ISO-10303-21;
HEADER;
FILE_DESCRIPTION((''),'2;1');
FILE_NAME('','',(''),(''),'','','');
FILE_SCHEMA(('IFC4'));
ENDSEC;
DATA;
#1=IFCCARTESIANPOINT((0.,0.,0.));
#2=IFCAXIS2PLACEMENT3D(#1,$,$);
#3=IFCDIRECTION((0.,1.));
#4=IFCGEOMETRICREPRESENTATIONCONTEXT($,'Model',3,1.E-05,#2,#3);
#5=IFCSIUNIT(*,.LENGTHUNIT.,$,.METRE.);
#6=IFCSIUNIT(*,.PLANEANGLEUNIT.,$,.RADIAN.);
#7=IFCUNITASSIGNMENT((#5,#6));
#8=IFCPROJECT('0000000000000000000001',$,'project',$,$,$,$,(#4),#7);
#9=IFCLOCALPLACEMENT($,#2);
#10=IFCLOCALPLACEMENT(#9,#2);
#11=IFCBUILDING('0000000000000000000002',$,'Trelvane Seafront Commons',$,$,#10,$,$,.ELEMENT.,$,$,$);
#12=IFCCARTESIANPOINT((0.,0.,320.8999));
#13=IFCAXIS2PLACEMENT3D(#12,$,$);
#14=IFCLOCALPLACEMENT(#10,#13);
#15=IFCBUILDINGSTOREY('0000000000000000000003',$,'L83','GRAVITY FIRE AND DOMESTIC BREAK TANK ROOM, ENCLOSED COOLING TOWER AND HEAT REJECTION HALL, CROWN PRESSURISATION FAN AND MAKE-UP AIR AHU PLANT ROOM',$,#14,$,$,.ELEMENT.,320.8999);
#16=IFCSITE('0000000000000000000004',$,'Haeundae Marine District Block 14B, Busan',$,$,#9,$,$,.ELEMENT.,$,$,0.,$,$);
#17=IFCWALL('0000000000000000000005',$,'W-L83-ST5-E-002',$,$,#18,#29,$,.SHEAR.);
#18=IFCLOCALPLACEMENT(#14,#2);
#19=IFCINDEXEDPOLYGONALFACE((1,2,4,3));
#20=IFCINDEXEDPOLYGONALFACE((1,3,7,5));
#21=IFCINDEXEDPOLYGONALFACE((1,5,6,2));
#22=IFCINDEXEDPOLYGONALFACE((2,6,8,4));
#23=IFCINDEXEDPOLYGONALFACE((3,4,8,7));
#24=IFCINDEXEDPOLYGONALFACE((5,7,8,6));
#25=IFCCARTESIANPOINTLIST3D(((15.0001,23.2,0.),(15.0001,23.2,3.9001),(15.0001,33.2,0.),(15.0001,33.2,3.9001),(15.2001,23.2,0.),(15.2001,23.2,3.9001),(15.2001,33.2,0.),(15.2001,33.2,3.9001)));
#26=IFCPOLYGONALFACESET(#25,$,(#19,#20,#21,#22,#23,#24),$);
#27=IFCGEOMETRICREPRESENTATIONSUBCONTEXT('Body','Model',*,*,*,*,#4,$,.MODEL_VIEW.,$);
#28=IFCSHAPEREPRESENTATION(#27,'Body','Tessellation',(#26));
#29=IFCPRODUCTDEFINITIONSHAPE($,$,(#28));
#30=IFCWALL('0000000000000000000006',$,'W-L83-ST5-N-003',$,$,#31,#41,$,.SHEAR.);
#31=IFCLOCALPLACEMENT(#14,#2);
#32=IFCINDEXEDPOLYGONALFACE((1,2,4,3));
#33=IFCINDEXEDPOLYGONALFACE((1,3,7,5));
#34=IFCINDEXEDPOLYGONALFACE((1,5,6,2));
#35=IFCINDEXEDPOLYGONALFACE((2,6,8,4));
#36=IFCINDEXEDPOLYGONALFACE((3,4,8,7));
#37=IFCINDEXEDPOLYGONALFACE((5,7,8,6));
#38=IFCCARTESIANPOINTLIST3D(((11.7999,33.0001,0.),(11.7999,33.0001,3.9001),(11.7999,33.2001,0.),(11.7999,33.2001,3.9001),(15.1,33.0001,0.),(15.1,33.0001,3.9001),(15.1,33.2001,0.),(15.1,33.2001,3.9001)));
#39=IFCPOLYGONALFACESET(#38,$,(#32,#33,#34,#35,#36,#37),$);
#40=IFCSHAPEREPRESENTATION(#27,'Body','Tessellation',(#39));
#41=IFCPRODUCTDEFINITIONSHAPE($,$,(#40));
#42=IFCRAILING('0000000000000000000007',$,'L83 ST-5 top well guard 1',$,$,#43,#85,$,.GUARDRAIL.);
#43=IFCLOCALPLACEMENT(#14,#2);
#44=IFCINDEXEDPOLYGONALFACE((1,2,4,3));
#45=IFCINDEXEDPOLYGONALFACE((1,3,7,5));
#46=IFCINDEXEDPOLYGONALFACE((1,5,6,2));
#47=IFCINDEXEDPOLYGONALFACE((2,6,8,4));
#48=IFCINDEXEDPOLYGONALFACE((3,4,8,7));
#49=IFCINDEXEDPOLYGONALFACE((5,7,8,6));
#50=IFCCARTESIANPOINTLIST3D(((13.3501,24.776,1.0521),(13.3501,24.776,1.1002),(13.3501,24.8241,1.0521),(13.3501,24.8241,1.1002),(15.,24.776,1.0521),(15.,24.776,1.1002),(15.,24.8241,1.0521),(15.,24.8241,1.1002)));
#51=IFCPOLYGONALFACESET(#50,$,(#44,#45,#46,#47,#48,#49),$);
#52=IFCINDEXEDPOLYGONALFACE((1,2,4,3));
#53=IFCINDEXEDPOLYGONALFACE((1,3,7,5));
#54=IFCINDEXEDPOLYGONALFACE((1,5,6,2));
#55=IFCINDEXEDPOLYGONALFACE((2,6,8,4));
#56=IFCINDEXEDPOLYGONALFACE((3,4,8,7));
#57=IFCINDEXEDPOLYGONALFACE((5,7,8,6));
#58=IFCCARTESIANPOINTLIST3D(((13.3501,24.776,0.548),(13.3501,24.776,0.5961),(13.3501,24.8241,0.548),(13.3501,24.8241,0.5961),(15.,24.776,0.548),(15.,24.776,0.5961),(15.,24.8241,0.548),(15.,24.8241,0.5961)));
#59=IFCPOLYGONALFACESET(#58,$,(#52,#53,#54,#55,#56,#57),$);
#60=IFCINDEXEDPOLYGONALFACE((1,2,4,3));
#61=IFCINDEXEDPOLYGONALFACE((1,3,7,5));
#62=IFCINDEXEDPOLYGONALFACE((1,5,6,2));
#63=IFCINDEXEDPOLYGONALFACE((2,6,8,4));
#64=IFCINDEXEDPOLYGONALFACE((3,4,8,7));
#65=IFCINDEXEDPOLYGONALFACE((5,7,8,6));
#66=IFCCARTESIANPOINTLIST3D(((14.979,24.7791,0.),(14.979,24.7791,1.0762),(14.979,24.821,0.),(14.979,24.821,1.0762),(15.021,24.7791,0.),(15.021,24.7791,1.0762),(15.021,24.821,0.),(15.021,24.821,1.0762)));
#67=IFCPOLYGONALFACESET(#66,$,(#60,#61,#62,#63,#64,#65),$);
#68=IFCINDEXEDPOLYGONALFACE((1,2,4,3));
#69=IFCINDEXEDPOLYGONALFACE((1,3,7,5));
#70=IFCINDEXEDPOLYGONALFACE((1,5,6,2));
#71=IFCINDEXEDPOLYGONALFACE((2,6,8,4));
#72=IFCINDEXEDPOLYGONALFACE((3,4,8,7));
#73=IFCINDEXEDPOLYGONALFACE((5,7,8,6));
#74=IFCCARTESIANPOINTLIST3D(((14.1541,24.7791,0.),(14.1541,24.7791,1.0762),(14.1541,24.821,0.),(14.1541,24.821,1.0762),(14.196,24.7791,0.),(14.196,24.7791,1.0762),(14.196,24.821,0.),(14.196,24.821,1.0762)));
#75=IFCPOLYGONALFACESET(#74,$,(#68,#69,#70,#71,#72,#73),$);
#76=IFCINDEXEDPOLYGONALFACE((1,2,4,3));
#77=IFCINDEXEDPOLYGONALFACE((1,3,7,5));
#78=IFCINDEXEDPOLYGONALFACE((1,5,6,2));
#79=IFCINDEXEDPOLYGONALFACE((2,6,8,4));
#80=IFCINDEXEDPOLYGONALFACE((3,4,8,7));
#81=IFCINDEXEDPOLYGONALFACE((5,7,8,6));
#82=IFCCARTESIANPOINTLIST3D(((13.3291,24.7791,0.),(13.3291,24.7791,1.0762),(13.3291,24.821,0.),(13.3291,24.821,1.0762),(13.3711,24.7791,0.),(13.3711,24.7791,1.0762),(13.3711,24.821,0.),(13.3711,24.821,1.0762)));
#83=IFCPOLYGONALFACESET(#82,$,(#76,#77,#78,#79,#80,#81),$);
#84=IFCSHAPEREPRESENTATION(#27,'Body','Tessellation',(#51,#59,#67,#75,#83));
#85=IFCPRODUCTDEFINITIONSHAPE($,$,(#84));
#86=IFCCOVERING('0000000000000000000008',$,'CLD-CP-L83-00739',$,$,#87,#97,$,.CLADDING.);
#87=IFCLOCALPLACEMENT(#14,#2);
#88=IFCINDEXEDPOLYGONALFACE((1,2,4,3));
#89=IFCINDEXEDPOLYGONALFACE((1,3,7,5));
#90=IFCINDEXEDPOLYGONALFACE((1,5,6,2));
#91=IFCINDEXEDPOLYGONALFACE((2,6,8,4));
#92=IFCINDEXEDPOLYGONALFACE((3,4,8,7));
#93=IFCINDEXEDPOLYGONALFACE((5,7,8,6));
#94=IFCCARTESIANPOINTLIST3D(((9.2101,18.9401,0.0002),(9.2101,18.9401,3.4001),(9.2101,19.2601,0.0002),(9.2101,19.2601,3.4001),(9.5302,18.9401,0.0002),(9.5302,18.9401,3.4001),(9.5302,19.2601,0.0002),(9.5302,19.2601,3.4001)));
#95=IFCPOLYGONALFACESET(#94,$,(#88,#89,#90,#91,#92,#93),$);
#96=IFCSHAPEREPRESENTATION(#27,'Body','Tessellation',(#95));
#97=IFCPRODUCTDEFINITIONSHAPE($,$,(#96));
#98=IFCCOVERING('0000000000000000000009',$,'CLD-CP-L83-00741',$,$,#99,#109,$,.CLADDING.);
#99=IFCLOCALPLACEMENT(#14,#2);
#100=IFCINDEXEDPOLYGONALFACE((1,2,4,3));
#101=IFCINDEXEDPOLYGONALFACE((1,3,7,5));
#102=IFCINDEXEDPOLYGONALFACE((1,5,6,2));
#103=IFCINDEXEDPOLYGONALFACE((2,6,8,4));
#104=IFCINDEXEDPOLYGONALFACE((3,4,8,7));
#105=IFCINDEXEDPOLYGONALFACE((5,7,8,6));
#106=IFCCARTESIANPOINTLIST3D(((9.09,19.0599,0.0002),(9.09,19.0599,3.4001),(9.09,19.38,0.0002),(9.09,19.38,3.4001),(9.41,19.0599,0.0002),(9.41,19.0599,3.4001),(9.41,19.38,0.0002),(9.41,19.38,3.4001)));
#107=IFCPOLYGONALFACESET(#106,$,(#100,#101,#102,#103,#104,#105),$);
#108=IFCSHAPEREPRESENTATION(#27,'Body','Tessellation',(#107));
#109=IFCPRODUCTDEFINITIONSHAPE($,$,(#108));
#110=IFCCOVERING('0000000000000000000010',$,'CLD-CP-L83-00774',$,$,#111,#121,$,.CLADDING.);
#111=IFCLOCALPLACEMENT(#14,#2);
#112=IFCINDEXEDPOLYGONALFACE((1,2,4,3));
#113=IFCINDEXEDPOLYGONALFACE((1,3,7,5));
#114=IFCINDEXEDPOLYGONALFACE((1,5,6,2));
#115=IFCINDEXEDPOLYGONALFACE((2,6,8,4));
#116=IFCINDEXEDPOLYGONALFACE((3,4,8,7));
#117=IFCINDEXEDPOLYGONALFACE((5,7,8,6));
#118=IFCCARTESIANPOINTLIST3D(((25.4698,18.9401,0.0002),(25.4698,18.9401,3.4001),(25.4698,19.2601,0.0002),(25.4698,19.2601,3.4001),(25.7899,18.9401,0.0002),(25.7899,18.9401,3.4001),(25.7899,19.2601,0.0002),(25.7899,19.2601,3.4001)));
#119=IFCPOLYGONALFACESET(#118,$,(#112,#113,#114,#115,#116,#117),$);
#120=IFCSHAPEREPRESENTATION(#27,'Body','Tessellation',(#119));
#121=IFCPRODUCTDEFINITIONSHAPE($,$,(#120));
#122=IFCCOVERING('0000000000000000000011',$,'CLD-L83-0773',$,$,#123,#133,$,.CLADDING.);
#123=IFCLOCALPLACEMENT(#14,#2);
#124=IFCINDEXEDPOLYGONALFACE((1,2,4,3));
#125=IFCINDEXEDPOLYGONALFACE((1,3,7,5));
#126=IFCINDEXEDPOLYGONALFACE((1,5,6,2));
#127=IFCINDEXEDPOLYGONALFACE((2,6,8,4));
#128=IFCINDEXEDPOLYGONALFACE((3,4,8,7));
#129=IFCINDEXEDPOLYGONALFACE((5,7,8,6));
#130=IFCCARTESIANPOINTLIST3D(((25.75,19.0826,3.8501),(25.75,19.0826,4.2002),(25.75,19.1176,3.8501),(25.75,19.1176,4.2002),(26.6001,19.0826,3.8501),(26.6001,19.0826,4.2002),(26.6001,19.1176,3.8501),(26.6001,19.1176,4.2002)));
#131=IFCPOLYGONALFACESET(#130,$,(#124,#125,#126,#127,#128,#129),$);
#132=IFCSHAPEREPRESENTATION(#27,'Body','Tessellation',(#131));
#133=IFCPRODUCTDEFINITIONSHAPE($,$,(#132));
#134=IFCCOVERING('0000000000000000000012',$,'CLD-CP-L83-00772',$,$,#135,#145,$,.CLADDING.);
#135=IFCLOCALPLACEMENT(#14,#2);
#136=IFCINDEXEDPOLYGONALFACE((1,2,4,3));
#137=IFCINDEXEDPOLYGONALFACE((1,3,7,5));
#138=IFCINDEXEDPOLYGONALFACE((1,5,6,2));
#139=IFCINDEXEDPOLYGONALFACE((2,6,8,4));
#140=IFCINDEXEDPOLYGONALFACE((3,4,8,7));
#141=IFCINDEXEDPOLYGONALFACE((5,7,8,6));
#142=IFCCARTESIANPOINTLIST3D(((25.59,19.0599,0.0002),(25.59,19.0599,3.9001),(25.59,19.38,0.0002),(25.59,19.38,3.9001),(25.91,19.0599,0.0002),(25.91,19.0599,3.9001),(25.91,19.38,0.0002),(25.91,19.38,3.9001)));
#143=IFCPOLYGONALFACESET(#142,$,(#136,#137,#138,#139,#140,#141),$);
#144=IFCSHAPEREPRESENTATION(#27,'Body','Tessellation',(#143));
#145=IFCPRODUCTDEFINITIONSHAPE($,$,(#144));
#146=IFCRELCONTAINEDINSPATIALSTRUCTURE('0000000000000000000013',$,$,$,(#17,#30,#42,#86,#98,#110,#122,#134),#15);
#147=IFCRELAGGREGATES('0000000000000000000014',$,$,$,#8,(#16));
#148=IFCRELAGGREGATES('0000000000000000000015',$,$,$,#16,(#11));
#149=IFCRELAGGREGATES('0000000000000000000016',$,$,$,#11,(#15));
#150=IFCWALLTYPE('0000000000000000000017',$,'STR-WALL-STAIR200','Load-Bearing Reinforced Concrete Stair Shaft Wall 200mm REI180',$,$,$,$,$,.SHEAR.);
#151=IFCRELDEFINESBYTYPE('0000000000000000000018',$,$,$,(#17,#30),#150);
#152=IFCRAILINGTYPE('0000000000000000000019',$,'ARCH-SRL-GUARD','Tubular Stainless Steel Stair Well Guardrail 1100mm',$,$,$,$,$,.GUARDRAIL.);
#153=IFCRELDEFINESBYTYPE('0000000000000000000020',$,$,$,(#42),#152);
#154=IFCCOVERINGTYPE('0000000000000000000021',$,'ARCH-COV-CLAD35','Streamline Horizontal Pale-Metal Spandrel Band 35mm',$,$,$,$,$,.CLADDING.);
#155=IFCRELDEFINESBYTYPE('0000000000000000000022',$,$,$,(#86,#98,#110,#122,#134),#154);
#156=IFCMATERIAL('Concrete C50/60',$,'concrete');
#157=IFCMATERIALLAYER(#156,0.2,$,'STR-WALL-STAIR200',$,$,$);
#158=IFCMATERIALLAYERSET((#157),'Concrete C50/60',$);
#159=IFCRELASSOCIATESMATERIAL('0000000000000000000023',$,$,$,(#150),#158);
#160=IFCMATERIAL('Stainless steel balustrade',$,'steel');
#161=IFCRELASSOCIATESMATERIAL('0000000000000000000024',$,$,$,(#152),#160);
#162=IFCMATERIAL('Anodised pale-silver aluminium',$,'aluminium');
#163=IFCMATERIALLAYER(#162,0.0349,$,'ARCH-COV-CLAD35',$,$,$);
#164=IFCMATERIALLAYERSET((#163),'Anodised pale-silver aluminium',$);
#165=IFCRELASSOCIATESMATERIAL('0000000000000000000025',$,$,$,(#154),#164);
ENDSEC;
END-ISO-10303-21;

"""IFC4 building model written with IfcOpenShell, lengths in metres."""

from ifc_helpers import new_model, si_unit, direction, frame, frame_2d, origin, origin_2d, place, context, subcontext, project, spatial, rectangle, extrude, source, transform, mapped, material, layer, layer_set, type_object, element, save


model = new_model("IFC4")

# Units and contexts
model_context = context("Model", 3, precision=1e-05, world=origin(), true_north=direction((0.0, 1.0)))
body_context = subcontext(model_context, "Body", "Model", "MODEL_VIEW")
ifc_project = project(units=[si_unit("LENGTHUNIT", "METRE"), si_unit("PLANEANGLEUNIT", "RADIAN")], contexts=[model_context])

# Site, building, storey
site_placement = place(None, origin())
site = spatial("IfcSite", under=ifc_project, at=site_placement, Name="Haeundae Marine District Block 14B, Busan", CompositionType="ELEMENT", RefElevation=0.0)
building_placement = place(site_placement, origin())
building = spatial("IfcBuilding", under=site, at=building_placement, Name="Trelvane Seafront Commons", CompositionType="ELEMENT")
storey_placement = place(building_placement, frame((0.0, 0.0, 320.8999)))
storey = spatial("IfcBuildingStorey", under=building, at=storey_placement, Name="L83", Description="GRAVITY FIRE AND DOMESTIC BREAK TANK ROOM, ENCLOSED COOLING TOWER AND HEAT REJECTION HALL, CROWN PRESSURISATION FAN AND MAKE-UP AIR AHU PLANT ROOM", CompositionType="ELEMENT", Elevation=320.8999)

# Shared definitions
ifc_material_1 = material(Name="Anodised pale-silver aluminium", Category="aluminium")

# Walls
ifc_material_2 = material(Name="Concrete C50/60", Category="concrete")
ifc_layer_1 = layer(ifc_material_2, 0.2, Name="STR-WALL-STAIR200")
ifc_layer_set_1 = layer_set([ifc_layer_1], Name="Concrete C50/60")
wall_type_1 = type_object("IfcWallType", Name="STR-WALL-STAIR200", Description="Load-Bearing Reinforced Concrete Stair Shaft Wall 200mm REI180", PredefinedType="SHEAR", material=ifc_layer_set_1)
for number, where, z_axis, x_axis, name in (
    (1, (15.1001, 23.2, 0.0), (0.0, 0.0, 1.0), (0.0, 1.0, 0.0), "W-L83-ST5-E-002"),
):
    element("IfcWall", number, at=place(storey_placement, frame(where, z_axis=z_axis, x_axis=x_axis)), inside=storey, type_object=wall_type_1, Name=name, PredefinedType="SHEAR", context=body_context, shape_type="SweptSolid", body=[
        extrude(rectangle(XDim=10.0, YDim=0.2, at=frame_2d((5.0, 0.0))), origin(), (0.0, 0.0, 1.0), 3.9001),
    ])
wall_1_placement = place(storey_placement, frame((11.8, 33.1001, 0.0), z_axis=(0.0, 0.0, 1.0), x_axis=(1.0, 0.0, 0.0)))
element("IfcWall", 2, at=wall_1_placement, inside=storey, type_object=wall_type_1, Name="W-L83-ST5-N-003", PredefinedType="SHEAR", context=body_context, shape_type="SweptSolid", body=[
    extrude(rectangle(XDim=3.3, YDim=0.2, at=frame_2d((1.6499, 0.0))), origin(), (0.0, 0.0, 1.0), 3.9001),
])

# Railing
ifc_material_3 = material(Name="Stainless steel balustrade", Category="steel")
railing_type = type_object("IfcRailingType", Name="ARCH-SRL-GUARD", Description="Tubular Stainless Steel Stair Well Guardrail 1100mm", PredefinedType="GUARDRAIL", material=ifc_material_3)
railing_placement = place(storey_placement, frame((15.0, 24.8, 0.0)))
element("IfcRailing", 3, at=railing_placement, inside=storey, type_object=railing_type, Name="L83 ST-5 top well guard 1", PredefinedType="GUARDRAIL", context=body_context, shape_type="SweptSolid", body=[
    extrude(rectangle(XDim=0.0481, YDim=0.0481, at=origin_2d()), frame((0.0, 0.0, 1.0762), z_axis=(-1.0, 0.0, 0.0), x_axis=(0.0, -1.0, 0.0)), (0.0, 0.0, 1.0), 1.6499),
    extrude(rectangle(XDim=0.0481, YDim=0.0481, at=origin_2d()), frame((0.0, 0.0, 0.572), z_axis=(-1.0, 0.0, 0.0), x_axis=(0.0, -1.0, 0.0)), (0.0, 0.0, 1.0), 1.6499),
    extrude(rectangle(XDim=0.042, YDim=0.042, at=origin_2d()), origin(), (0.0, 0.0, 1.0), 1.0762),
    extrude(rectangle(XDim=0.042, YDim=0.042, at=origin_2d()), frame((-0.825, 0.0, 0.0)), (0.0, 0.0, 1.0), 1.0762),
    extrude(rectangle(XDim=0.042, YDim=0.042, at=origin_2d()), frame((-1.6499, 0.0, 0.0)), (0.0, 0.0, 1.0), 1.0762),
])

# Coverings
ifc_layer_2 = layer(ifc_material_1, 0.0349, Name="ARCH-COV-CLAD35")
ifc_layer_set_2 = layer_set([ifc_layer_2], Name="Anodised pale-silver aluminium")
covering_type = type_object("IfcCoveringType", Name="ARCH-COV-CLAD35", Description="Streamline Horizontal Pale-Metal Spandrel Band 35mm", PredefinedType="CLADDING", material=ifc_layer_set_2)
shared_shape_1 = source(origin(), body_context, "Body", "SweptSolid", [
    extrude(rectangle(XDim=0.3201, YDim=0.3201, at=origin_2d()), origin(), (0.0, 0.0, 1.0), 3.3999),
])
for number, where, z_axis, x_axis, name in (
    (4, (9.3701, 19.1001, 0.0002), (0.0, 0.0, 1.0), (1.0, 0.0, 0.0), "CLD-CP-L83-00739"),
    (5, (9.25, 19.22, 0.0002), (0.0, 0.0, 1.0), (1.0, 0.0, 0.0), "CLD-CP-L83-00741"),
    (6, (25.6299, 19.1001, 0.0002), (0.0, 0.0, 1.0), (1.0, 0.0, 0.0), "CLD-CP-L83-00774"),
):
    element("IfcCovering", number, at=place(storey_placement, frame(where, z_axis=z_axis, x_axis=x_axis)), inside=storey, type_object=covering_type, Name=name, PredefinedType="CLADDING", context=body_context, shape_type="MappedRepresentation", body=[
        mapped(shared_shape_1, transform((0.0, 0.0, 0.0), x_axis=(1.0, 0.0, 0.0), y_axis=(0.0, 1.0, 0.0), z_axis=(0.0, 0.0, 1.0), scale=1.0)),
    ])
shared_shape_2 = source(origin(), body_context, "Body", "SweptSolid", [
    extrude(rectangle(XDim=0.8501, YDim=0.0349, at=origin_2d()), origin(), (0.0, 0.0, 1.0), 0.3501),
])
covering_1_placement = place(storey_placement, frame((26.175, 19.1001, 3.8501), z_axis=(0.0, 0.0, 1.0), x_axis=(-1.0, 0.0, 0.0)))
element("IfcCovering", 7, at=covering_1_placement, inside=storey, type_object=covering_type, Name="CLD-L83-0773", PredefinedType="CLADDING", context=body_context, shape_type="MappedRepresentation", body=[
    mapped(shared_shape_2, transform((0.0, 0.0, 0.0), x_axis=(1.0, 0.0, 0.0), y_axis=(0.0, 1.0, 0.0), z_axis=(0.0, 0.0, 1.0), scale=1.0)),
])
shared_shape_3 = source(origin(), body_context, "Body", "SweptSolid", [
    extrude(rectangle(XDim=0.3201, YDim=0.3201, at=origin_2d()), origin(), (0.0, 0.0, 1.0), 3.8999),
])
covering_2_placement = place(storey_placement, frame((25.75, 19.22, 0.0002), z_axis=(0.0, 0.0, 1.0), x_axis=(1.0, 0.0, 0.0)))
element("IfcCovering", 8, at=covering_2_placement, inside=storey, type_object=covering_type, Name="CLD-CP-L83-00772", PredefinedType="CLADDING", context=body_context, shape_type="MappedRepresentation", body=[
    mapped(shared_shape_3, transform((0.0, 0.0, 0.0), x_axis=(1.0, 0.0, 0.0), y_axis=(0.0, 1.0, 0.0), z_axis=(0.0, 0.0, 1.0), scale=1.0)),
])

save(model, "model.ifc")
